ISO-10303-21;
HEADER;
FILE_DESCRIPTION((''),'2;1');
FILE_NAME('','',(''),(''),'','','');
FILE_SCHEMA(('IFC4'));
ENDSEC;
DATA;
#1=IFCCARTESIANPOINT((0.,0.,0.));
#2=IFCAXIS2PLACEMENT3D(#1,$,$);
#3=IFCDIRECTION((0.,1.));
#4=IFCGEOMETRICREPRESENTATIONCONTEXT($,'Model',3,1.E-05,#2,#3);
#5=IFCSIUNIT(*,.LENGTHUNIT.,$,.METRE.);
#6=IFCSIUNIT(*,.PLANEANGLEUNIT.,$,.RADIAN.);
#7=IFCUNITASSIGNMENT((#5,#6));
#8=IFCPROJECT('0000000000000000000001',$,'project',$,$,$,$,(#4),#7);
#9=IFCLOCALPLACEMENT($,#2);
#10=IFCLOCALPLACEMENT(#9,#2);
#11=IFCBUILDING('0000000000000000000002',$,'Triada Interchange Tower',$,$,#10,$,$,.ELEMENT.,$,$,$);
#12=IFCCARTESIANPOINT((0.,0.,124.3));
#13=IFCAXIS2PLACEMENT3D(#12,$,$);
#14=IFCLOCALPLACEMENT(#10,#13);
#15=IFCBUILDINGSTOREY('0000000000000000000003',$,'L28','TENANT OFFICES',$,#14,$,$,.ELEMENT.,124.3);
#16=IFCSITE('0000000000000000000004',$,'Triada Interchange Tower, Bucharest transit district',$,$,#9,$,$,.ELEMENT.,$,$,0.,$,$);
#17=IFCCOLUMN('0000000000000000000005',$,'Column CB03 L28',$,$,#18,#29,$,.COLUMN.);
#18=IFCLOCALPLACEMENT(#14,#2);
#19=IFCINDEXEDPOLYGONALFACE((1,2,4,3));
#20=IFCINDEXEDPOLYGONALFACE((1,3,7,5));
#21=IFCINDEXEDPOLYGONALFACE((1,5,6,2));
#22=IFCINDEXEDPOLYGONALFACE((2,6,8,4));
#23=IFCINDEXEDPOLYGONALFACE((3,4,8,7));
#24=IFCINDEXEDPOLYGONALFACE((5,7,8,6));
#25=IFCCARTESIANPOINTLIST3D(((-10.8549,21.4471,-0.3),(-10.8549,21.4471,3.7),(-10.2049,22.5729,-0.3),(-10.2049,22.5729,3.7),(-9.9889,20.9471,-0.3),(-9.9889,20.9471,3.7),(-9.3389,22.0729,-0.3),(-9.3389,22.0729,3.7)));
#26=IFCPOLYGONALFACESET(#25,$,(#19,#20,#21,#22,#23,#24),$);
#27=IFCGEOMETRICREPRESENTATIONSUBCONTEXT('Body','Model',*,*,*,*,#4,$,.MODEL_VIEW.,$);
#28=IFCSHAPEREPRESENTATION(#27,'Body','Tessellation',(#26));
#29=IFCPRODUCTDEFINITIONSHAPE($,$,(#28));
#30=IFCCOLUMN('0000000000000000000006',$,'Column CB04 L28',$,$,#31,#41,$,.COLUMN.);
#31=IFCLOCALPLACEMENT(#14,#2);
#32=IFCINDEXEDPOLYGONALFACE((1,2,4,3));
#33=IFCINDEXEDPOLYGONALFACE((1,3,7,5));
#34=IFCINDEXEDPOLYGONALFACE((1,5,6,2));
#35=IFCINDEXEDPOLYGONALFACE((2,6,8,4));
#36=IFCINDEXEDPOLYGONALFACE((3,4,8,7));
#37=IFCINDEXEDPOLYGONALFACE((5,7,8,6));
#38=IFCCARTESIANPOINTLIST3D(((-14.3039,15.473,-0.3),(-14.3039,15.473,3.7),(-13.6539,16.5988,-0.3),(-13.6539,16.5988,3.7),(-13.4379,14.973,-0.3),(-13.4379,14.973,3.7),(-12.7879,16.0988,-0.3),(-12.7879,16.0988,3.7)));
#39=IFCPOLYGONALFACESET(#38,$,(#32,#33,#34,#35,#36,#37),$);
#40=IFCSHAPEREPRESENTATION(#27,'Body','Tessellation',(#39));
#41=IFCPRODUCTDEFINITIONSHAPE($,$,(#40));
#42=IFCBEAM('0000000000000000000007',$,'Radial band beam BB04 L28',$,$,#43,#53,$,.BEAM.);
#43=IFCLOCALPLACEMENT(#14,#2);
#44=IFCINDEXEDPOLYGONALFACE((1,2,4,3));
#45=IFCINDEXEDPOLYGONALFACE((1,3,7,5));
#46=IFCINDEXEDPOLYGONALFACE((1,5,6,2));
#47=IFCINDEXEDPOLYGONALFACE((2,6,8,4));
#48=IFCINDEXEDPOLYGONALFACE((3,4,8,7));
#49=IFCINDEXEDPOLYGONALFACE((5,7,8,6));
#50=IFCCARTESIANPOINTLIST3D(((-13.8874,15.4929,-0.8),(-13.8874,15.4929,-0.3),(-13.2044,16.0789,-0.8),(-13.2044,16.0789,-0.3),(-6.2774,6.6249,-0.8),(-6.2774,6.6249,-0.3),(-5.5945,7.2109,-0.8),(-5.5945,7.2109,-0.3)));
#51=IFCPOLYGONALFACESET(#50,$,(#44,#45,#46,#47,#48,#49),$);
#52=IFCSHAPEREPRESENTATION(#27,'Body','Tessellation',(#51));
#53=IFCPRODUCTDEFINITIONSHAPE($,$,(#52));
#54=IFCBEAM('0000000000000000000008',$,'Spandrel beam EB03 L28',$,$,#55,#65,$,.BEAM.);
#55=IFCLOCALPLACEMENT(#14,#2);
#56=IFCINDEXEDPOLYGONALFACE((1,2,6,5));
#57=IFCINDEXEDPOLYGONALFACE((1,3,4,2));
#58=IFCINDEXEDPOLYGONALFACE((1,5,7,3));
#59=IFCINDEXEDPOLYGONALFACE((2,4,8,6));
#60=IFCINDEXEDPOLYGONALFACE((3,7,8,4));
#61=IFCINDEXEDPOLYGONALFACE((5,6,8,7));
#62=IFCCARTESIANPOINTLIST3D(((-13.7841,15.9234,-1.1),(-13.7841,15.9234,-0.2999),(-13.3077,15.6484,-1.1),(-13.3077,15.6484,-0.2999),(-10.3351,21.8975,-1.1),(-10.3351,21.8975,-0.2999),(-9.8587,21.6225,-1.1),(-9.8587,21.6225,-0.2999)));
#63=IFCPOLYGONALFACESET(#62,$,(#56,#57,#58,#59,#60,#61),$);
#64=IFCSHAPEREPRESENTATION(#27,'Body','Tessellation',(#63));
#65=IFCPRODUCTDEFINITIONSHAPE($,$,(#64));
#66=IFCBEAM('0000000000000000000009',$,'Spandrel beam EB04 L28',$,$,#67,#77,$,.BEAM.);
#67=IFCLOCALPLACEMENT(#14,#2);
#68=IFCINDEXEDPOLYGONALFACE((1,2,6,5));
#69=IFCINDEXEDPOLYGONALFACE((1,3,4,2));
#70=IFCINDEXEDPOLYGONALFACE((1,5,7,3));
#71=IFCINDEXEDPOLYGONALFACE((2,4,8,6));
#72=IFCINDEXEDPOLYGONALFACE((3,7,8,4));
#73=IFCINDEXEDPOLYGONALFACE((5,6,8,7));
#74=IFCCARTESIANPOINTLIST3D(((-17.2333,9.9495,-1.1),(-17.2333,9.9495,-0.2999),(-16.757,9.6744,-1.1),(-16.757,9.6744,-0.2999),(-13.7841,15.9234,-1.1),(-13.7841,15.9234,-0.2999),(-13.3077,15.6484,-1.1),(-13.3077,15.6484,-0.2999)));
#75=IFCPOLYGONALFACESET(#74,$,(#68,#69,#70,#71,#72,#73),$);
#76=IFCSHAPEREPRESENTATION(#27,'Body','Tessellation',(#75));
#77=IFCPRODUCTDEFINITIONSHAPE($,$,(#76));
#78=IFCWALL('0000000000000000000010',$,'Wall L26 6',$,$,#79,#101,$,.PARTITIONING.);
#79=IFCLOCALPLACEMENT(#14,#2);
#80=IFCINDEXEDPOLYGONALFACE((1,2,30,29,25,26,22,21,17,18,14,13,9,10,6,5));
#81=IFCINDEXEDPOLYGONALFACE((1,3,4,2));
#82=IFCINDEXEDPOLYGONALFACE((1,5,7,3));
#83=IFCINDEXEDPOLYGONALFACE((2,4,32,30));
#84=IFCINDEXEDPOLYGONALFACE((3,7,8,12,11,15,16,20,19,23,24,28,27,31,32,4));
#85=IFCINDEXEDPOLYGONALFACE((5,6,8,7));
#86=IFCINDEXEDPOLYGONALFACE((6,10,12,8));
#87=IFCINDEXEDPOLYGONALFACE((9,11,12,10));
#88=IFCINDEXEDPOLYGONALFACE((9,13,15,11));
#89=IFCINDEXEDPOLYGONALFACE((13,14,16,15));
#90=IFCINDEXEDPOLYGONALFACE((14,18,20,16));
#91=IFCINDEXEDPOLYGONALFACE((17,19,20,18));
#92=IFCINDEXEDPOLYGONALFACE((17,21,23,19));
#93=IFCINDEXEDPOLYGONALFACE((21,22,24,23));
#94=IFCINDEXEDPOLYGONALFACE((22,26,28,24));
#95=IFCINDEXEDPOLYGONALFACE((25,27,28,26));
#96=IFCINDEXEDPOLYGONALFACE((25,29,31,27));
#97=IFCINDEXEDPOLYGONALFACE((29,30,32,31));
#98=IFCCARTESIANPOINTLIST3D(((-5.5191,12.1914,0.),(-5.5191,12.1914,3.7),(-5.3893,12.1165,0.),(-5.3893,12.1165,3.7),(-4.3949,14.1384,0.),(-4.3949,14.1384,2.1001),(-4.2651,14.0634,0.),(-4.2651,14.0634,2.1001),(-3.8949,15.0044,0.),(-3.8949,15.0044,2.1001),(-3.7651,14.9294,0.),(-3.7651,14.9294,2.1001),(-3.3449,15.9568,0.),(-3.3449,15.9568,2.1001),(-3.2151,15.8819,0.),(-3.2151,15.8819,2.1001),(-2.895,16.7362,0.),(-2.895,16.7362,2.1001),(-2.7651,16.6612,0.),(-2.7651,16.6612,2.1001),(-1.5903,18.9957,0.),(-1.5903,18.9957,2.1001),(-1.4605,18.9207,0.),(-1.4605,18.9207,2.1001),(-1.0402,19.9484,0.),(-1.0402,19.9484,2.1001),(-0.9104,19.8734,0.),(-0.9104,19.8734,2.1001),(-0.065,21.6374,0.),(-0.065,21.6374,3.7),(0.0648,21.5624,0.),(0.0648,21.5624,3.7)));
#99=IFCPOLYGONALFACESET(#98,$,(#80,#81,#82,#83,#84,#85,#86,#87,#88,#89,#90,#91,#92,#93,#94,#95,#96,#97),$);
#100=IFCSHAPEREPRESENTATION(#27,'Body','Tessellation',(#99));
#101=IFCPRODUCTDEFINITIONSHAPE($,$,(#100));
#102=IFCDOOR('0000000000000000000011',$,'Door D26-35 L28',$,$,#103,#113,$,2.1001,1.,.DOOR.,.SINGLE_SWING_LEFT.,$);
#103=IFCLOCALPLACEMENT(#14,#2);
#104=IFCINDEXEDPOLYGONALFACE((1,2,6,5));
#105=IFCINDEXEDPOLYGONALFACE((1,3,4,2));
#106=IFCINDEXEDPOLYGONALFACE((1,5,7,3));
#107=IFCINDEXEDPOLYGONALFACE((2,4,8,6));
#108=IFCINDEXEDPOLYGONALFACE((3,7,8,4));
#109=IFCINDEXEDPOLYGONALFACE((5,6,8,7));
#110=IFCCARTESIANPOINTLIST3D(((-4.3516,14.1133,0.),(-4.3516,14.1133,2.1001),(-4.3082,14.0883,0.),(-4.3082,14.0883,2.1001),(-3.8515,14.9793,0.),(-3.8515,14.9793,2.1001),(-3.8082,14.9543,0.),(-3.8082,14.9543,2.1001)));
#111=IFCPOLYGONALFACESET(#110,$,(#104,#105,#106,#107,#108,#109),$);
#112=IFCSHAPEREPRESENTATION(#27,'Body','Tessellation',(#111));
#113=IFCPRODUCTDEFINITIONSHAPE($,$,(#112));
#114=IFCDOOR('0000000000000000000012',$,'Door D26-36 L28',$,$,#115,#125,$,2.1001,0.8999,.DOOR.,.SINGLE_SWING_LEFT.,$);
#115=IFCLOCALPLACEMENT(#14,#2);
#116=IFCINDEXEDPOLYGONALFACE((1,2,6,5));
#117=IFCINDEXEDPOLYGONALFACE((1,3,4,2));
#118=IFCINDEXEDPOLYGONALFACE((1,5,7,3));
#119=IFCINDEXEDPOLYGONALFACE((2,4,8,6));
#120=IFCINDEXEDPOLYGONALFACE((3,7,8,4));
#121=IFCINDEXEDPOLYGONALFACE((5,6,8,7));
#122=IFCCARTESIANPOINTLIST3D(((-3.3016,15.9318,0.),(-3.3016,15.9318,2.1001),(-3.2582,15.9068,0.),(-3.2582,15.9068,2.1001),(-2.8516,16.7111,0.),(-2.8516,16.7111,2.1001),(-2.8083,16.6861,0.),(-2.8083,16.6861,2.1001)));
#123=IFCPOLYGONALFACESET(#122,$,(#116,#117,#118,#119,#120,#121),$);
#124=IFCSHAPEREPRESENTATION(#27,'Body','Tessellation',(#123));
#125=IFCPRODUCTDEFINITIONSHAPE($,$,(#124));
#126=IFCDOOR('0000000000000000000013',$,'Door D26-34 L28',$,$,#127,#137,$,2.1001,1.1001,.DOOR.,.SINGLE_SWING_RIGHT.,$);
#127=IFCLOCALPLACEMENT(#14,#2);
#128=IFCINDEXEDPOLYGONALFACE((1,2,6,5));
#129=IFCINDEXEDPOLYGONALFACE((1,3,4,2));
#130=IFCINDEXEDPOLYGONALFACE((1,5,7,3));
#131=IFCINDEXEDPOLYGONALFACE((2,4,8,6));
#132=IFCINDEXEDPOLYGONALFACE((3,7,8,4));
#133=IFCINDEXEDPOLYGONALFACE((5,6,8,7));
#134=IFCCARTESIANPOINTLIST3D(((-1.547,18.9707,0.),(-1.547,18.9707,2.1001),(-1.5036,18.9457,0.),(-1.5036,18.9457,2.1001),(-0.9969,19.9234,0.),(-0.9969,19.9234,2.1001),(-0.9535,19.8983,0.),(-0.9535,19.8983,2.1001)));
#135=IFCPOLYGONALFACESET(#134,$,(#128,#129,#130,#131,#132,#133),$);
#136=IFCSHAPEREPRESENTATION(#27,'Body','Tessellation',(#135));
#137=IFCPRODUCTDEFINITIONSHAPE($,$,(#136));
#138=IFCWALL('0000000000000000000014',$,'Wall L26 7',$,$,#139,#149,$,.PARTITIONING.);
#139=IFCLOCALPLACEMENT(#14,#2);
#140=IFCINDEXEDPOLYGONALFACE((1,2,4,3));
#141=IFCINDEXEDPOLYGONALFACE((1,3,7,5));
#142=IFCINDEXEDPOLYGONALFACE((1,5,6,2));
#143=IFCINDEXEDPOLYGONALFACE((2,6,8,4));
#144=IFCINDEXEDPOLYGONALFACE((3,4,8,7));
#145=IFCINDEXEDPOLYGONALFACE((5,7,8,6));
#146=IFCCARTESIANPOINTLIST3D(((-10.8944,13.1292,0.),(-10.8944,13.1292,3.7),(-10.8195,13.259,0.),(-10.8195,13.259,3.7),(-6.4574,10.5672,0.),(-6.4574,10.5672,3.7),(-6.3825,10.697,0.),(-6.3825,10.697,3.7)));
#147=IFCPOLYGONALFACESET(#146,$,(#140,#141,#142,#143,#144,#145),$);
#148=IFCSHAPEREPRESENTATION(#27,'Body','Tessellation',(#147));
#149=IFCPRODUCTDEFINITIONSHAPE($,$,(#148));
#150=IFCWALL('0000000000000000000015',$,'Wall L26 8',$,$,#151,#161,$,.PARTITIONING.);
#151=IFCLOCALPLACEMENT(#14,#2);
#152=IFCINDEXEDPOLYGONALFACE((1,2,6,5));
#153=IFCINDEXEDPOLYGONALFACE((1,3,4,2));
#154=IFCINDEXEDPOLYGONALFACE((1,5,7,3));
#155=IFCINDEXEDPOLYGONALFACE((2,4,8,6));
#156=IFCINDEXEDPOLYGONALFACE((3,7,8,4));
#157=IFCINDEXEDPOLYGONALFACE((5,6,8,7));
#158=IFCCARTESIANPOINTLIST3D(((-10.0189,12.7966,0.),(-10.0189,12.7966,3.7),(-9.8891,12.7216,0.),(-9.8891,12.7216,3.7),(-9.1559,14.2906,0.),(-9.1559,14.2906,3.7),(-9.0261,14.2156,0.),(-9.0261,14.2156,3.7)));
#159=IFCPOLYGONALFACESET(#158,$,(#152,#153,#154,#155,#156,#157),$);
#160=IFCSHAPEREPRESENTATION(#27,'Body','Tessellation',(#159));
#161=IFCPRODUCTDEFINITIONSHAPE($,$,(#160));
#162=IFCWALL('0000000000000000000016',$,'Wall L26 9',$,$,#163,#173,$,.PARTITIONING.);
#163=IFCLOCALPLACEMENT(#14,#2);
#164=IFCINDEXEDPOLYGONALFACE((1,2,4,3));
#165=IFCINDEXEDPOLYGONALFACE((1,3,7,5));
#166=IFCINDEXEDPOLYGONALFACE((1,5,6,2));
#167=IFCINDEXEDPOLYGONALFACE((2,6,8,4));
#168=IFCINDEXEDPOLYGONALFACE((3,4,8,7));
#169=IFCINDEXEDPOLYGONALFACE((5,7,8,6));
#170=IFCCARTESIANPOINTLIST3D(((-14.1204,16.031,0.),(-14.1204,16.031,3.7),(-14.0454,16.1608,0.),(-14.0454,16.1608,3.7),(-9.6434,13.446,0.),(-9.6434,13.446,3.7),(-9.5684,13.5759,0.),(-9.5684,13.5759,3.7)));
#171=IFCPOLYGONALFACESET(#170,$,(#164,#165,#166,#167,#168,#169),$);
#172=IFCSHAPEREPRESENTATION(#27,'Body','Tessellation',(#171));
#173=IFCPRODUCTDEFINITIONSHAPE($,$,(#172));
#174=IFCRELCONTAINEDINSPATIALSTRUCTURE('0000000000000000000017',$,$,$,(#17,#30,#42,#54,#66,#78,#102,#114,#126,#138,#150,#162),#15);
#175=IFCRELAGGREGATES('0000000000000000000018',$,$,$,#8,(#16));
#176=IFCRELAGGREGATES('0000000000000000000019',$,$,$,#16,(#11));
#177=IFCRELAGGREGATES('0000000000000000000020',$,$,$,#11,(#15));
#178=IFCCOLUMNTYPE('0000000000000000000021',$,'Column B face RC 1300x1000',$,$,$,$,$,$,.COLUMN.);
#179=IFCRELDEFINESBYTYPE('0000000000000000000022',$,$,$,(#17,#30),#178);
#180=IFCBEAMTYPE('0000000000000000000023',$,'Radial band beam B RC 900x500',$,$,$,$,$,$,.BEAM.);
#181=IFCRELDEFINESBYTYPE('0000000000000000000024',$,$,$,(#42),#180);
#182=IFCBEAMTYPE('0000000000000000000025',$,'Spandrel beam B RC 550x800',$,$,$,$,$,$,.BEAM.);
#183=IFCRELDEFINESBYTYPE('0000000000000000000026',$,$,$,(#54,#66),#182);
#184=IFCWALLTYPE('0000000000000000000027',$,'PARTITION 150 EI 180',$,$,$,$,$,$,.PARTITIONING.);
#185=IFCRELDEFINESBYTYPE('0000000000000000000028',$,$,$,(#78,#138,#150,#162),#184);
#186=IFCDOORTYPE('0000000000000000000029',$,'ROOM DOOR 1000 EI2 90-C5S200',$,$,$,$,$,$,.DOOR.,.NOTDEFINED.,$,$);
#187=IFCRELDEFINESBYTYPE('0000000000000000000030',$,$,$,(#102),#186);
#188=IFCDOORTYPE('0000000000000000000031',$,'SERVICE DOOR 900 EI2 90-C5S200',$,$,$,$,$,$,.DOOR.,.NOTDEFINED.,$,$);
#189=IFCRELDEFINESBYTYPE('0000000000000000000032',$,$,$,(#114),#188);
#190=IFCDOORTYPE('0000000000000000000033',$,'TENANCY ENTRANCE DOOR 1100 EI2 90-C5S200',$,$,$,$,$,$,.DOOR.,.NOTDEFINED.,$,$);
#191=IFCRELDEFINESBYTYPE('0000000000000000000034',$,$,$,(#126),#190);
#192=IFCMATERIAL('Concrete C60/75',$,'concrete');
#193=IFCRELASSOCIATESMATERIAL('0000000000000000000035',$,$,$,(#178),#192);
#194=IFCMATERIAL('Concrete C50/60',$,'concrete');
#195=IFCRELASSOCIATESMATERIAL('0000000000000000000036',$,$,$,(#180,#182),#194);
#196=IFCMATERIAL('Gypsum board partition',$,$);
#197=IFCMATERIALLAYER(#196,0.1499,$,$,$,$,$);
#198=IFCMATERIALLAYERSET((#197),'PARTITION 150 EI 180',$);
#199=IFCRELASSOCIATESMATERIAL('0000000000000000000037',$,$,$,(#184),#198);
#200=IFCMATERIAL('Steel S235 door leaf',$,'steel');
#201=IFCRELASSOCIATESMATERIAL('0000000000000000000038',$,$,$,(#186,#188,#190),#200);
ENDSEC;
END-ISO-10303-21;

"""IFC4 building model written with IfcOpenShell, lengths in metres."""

from ifc_helpers import new_model, si_unit, direction, frame, frame_2d, origin, origin_2d, place, context, subcontext, project, spatial, rectangle, extrude, material, layer, layer_set, material_profile, profile_set, type_object, element, fill, save


model = new_model("IFC4")

# Units and contexts
model_context = context("Model", 3, precision=1e-05, world=origin(), true_north=direction((0.0, 1.0)))
body_context = subcontext(model_context, "Body", "Model", "MODEL_VIEW")
ifc_project = project(units=[si_unit("LENGTHUNIT", "METRE"), si_unit("PLANEANGLEUNIT", "RADIAN")], contexts=[model_context])

# Site, building, storey
site_placement = place(None, origin())
site = spatial("IfcSite", under=ifc_project, at=site_placement, Name="Triada Interchange Tower, Bucharest transit district", CompositionType="ELEMENT", RefElevation=0.0)
building_placement = place(site_placement, origin())
building = spatial("IfcBuilding", under=site, at=building_placement, Name="Triada Interchange Tower", CompositionType="ELEMENT")
storey_placement = place(building_placement, frame((0.0, 0.0, 124.3)))
storey = spatial("IfcBuildingStorey", under=building, at=storey_placement, Name="L28", Description="TENANT OFFICES", CompositionType="ELEMENT", Elevation=124.3)

# Columns
ifc_material_1 = material(Name="Concrete C60/75", Category="concrete")
ifc_material_profile_1 = material_profile(ifc_material_1, rectangle(XDim=1.3, YDim=1.0, at=origin_2d()), Name="RC 1300x1000")
ifc_profile_set_1 = profile_set([ifc_material_profile_1], Name="Concrete C60/75")
column_type = type_object("IfcColumnType", Name="Column B face RC 1300x1000", PredefinedType="COLUMN", material=ifc_profile_set_1)
for number, where, z_axis, x_axis, name in (
    (1, (-10.0969, 21.76, -0.3), (0.0, 0.0, 1.0), (0.5, 0.866025, 0.0), "Column CB03 L28"),
    (2, (-13.5459, 15.7859, -0.3), (0.0, 0.0, 1.0), (0.5, 0.866025, 0.0), "Column CB04 L28"),
):
    element("IfcColumn", number, at=place(storey_placement, frame(where, z_axis=z_axis, x_axis=x_axis)), inside=storey, type_object=column_type, Name=name, PredefinedType="COLUMN", context=body_context, shape_type="SweptSolid", body=[
        extrude(rectangle(XDim=1.3, YDim=1.0, at=origin_2d()), origin(), (0.0, 0.0, 1.0), 4.0),
    ])

# Beams
ifc_material_2 = material(Name="Concrete C50/60", Category="concrete")
ifc_material_profile_2 = material_profile(ifc_material_2, rectangle(XDim=0.8999, YDim=0.5, at=origin_2d()), Name="RC 900x500")
ifc_profile_set_2 = profile_set([ifc_material_profile_2], Name="Concrete C50/60")
beam_type_1 = type_object("IfcBeamType", Name="Radial band beam B RC 900x500", PredefinedType="BEAM", material=ifc_profile_set_2)
beam_placement = place(storey_placement, frame((-13.5459, 15.7859, -0.55), z_axis=(0.651225, -0.758885, 0.0), x_axis=(0.758885, 0.651225, 0.0)))
element("IfcBeam", 3, at=beam_placement, inside=storey, type_object=beam_type_1, Name="Radial band beam BB04 L28", PredefinedType="BEAM", context=body_context, shape_type="SweptSolid", body=[
    extrude(rectangle(XDim=0.8999, YDim=0.5, at=origin_2d()), origin(), (0.0, 0.0, 1.0), 11.6855),
])
ifc_material_profile_3 = material_profile(ifc_material_2, rectangle(XDim=0.55, YDim=0.8, at=origin_2d()), Name="RC 550x800")
ifc_profile_set_3 = profile_set([ifc_material_profile_3], Name="Concrete C50/60")
beam_type_2 = type_object("IfcBeamType", Name="Spandrel beam B RC 550x800", PredefinedType="BEAM", material=ifc_profile_set_3)
for number, where, z_axis, x_axis, name in (
    (4, (-10.0969, 21.76, -0.7), (-0.49998, -0.866037, 0.0), (0.866037, -0.49998, 0.0), "Spandrel beam EB03 L28"),
    (5, (-13.5459, 15.7859, -0.7), (-0.500022, -0.866013, 0.0), (0.866013, -0.500022, 0.0), "Spandrel beam EB04 L28"),
):
    element("IfcBeam", number, at=place(storey_placement, frame(where, z_axis=z_axis, x_axis=x_axis)), inside=storey, type_object=beam_type_2, Name=name, PredefinedType="BEAM", context=body_context, shape_type="SweptSolid", body=[
        extrude(rectangle(XDim=0.55, YDim=0.8, at=origin_2d()), origin(), (0.0, 0.0, 1.0), 6.8982),
    ])

# Shared definitions
ifc_material_3 = material(Name="Steel S235 door leaf", Category="steel")

# Wall, openings, doors
ifc_material_4 = material(Name="Gypsum board partition")
ifc_layer_1 = layer(ifc_material_4, 0.1499)
ifc_layer_set_1 = layer_set([ifc_layer_1], Name="PARTITION 150 EI 180")
wall_type_1 = type_object("IfcWallType", Name="PARTITION 150 EI 180", PredefinedType="PARTITIONING", material=ifc_layer_set_1)
wall_1_placement = place(storey_placement, frame((-5.4541, 12.1541, 0.0), z_axis=(0.0, 0.0, 1.0), x_axis=(0.500029, 0.866009, 0.0)))
wall_1 = element("IfcWall", 6, at=wall_1_placement, inside=storey, type_object=wall_type_1, Name="Wall L26 6", PredefinedType="PARTITIONING", context=body_context, shape_type="SweptSolid", body=[
    extrude(rectangle(XDim=10.9075, YDim=0.1499, at=frame_2d((5.4536, 0.0))), origin(), (0.0, 0.0, 1.0), 3.7),
])
opening_1_placement = place(wall_1_placement, frame((7.8569, 0.0, 0.0)))
opening_1 = element("IfcOpeningElement", 7, at=opening_1_placement, cuts=wall_1, PredefinedType="OPENING", context=body_context, shape_type="SweptSolid", body=[
    extrude(rectangle(XDim=1.1001, YDim=2.1001, at=frame_2d((0.55, 1.05))), frame((0.0, 0.085, 0.0), z_axis=(0.0, -1.0, 0.0), x_axis=(1.0, 0.0, 0.0)), (0.0, 0.0, 1.0), 0.1699),
])
opening_2_placement = place(wall_1_placement, frame((2.248, 0.0, 0.0)))
opening_2 = element("IfcOpeningElement", 8, at=opening_2_placement, cuts=wall_1, PredefinedType="OPENING", context=body_context, shape_type="SweptSolid", body=[
    extrude(rectangle(XDim=1.0, YDim=2.1001, at=frame_2d((0.5, 1.05))), frame((0.0, 0.085, 0.0), z_axis=(0.0, -1.0, 0.0), x_axis=(1.0, 0.0, 0.0)), (0.0, 0.0, 1.0), 0.1699),
])
opening_3_placement = place(wall_1_placement, frame((4.3479, 0.0, 0.0)))
opening_3 = element("IfcOpeningElement", 9, at=opening_3_placement, cuts=wall_1, PredefinedType="OPENING", context=body_context, shape_type="SweptSolid", body=[
    extrude(rectangle(XDim=0.8999, YDim=2.1001, at=frame_2d((0.45, 1.05))), frame((0.0, 0.085, 0.0), z_axis=(0.0, -1.0, 0.0), x_axis=(1.0, 0.0, 0.0)), (0.0, 0.0, 1.0), 0.1699),
])
door_type_1 = type_object("IfcDoorType", Name="ROOM DOOR 1000 EI2 90-C5S200", OperationType="NOTDEFINED", PredefinedType="DOOR", material=ifc_material_3)
door_1_placement = place(opening_2_placement, origin())
door_1 = element("IfcDoor", 10, at=door_1_placement, inside=storey, type_object=door_type_1, Name="Door D26-35 L28", OperationType="SINGLE_SWING_LEFT", OverallHeight=2.1001, OverallWidth=1.0, PredefinedType="DOOR", context=body_context, shape_type="SweptSolid", body=[
    extrude(rectangle(XDim=1.0, YDim=2.1001, at=frame_2d((0.5, 1.05))), frame((0.0, 0.0249, 0.0), z_axis=(0.0, -1.0, 0.0), x_axis=(1.0, 0.0, 0.0)), (0.0, 0.0, 1.0), 0.05),
])
fill(opening_2, door_1)
door_type_2 = type_object("IfcDoorType", Name="SERVICE DOOR 900 EI2 90-C5S200", OperationType="NOTDEFINED", PredefinedType="DOOR", material=ifc_material_3)
door_2_placement = place(opening_3_placement, origin())
door_2 = element("IfcDoor", 11, at=door_2_placement, inside=storey, type_object=door_type_2, Name="Door D26-36 L28", OperationType="SINGLE_SWING_LEFT", OverallHeight=2.1001, OverallWidth=0.8999, PredefinedType="DOOR", context=body_context, shape_type="SweptSolid", body=[
    extrude(rectangle(XDim=0.8999, YDim=2.1001, at=frame_2d((0.45, 1.05))), frame((0.0, 0.0249, 0.0), z_axis=(0.0, -1.0, 0.0), x_axis=(1.0, 0.0, 0.0)), (0.0, 0.0, 1.0), 0.05),
])
fill(opening_3, door_2)
door_type_3 = type_object("IfcDoorType", Name="TENANCY ENTRANCE DOOR 1100 EI2 90-C5S200", OperationType="NOTDEFINED", PredefinedType="DOOR", material=ifc_material_3)
door_3_placement = place(opening_1_placement, origin())
door_3 = element("IfcDoor", 12, at=door_3_placement, inside=storey, type_object=door_type_3, Name="Door D26-34 L28", OperationType="SINGLE_SWING_RIGHT", OverallHeight=2.1001, OverallWidth=1.1001, PredefinedType="DOOR", context=body_context, shape_type="SweptSolid", body=[
    extrude(rectangle(XDim=1.1001, YDim=2.1001, at=frame_2d((0.55, 1.05))), frame((0.0, 0.0249, 0.0), z_axis=(0.0, -1.0, 0.0), x_axis=(1.0, 0.0, 0.0)), (0.0, 0.0, 1.0), 0.05),
])
fill(opening_1, door_3)

# Walls
wall_2_placement = place(storey_placement, frame((-10.8569, 13.1941, 0.0), z_axis=(0.0, 0.0, 1.0), x_axis=(0.866, -0.500044, 0.0)))
element("IfcWall", 13, at=wall_2_placement, inside=storey, type_object=wall_type_1, Name="Wall L26 7", PredefinedType="PARTITIONING", context=body_context, shape_type="SweptSolid", body=[
    extrude(rectangle(XDim=5.1235, YDim=0.1499, at=frame_2d((2.5618, 0.0))), origin(), (0.0, 0.0, 1.0), 3.7),
])
wall_3_placement = place(storey_placement, frame((-9.9541, 12.759, 0.0), z_axis=(0.0, 0.0, 1.0), x_axis=(0.500233, 0.865891, 0.0)))
element("IfcWall", 14, at=wall_3_placement, inside=storey, type_object=wall_type_1, Name="Wall L26 8", PredefinedType="PARTITIONING", context=body_context, shape_type="SweptSolid", body=[
    extrude(rectangle(XDim=1.7253, YDim=0.1499, at=frame_2d((0.8628, 0.0))), origin(), (0.0, 0.0, 1.0), 3.7),
])
wall_4_placement = place(storey_placement, frame((-14.083, 16.0959, 0.0), z_axis=(0.0, 0.0, 1.0), x_axis=(0.866014, -0.50002, 0.0)))
element("IfcWall", 15, at=wall_4_placement, inside=storey, type_object=wall_type_1, Name="Wall L26 9", PredefinedType="PARTITIONING", context=body_context, shape_type="SweptSolid", body=[
    extrude(rectangle(XDim=5.1697, YDim=0.1499, at=frame_2d((2.585, 0.0))), origin(), (0.0, 0.0, 1.0), 3.7),
])

save(model, "model.ifc")
